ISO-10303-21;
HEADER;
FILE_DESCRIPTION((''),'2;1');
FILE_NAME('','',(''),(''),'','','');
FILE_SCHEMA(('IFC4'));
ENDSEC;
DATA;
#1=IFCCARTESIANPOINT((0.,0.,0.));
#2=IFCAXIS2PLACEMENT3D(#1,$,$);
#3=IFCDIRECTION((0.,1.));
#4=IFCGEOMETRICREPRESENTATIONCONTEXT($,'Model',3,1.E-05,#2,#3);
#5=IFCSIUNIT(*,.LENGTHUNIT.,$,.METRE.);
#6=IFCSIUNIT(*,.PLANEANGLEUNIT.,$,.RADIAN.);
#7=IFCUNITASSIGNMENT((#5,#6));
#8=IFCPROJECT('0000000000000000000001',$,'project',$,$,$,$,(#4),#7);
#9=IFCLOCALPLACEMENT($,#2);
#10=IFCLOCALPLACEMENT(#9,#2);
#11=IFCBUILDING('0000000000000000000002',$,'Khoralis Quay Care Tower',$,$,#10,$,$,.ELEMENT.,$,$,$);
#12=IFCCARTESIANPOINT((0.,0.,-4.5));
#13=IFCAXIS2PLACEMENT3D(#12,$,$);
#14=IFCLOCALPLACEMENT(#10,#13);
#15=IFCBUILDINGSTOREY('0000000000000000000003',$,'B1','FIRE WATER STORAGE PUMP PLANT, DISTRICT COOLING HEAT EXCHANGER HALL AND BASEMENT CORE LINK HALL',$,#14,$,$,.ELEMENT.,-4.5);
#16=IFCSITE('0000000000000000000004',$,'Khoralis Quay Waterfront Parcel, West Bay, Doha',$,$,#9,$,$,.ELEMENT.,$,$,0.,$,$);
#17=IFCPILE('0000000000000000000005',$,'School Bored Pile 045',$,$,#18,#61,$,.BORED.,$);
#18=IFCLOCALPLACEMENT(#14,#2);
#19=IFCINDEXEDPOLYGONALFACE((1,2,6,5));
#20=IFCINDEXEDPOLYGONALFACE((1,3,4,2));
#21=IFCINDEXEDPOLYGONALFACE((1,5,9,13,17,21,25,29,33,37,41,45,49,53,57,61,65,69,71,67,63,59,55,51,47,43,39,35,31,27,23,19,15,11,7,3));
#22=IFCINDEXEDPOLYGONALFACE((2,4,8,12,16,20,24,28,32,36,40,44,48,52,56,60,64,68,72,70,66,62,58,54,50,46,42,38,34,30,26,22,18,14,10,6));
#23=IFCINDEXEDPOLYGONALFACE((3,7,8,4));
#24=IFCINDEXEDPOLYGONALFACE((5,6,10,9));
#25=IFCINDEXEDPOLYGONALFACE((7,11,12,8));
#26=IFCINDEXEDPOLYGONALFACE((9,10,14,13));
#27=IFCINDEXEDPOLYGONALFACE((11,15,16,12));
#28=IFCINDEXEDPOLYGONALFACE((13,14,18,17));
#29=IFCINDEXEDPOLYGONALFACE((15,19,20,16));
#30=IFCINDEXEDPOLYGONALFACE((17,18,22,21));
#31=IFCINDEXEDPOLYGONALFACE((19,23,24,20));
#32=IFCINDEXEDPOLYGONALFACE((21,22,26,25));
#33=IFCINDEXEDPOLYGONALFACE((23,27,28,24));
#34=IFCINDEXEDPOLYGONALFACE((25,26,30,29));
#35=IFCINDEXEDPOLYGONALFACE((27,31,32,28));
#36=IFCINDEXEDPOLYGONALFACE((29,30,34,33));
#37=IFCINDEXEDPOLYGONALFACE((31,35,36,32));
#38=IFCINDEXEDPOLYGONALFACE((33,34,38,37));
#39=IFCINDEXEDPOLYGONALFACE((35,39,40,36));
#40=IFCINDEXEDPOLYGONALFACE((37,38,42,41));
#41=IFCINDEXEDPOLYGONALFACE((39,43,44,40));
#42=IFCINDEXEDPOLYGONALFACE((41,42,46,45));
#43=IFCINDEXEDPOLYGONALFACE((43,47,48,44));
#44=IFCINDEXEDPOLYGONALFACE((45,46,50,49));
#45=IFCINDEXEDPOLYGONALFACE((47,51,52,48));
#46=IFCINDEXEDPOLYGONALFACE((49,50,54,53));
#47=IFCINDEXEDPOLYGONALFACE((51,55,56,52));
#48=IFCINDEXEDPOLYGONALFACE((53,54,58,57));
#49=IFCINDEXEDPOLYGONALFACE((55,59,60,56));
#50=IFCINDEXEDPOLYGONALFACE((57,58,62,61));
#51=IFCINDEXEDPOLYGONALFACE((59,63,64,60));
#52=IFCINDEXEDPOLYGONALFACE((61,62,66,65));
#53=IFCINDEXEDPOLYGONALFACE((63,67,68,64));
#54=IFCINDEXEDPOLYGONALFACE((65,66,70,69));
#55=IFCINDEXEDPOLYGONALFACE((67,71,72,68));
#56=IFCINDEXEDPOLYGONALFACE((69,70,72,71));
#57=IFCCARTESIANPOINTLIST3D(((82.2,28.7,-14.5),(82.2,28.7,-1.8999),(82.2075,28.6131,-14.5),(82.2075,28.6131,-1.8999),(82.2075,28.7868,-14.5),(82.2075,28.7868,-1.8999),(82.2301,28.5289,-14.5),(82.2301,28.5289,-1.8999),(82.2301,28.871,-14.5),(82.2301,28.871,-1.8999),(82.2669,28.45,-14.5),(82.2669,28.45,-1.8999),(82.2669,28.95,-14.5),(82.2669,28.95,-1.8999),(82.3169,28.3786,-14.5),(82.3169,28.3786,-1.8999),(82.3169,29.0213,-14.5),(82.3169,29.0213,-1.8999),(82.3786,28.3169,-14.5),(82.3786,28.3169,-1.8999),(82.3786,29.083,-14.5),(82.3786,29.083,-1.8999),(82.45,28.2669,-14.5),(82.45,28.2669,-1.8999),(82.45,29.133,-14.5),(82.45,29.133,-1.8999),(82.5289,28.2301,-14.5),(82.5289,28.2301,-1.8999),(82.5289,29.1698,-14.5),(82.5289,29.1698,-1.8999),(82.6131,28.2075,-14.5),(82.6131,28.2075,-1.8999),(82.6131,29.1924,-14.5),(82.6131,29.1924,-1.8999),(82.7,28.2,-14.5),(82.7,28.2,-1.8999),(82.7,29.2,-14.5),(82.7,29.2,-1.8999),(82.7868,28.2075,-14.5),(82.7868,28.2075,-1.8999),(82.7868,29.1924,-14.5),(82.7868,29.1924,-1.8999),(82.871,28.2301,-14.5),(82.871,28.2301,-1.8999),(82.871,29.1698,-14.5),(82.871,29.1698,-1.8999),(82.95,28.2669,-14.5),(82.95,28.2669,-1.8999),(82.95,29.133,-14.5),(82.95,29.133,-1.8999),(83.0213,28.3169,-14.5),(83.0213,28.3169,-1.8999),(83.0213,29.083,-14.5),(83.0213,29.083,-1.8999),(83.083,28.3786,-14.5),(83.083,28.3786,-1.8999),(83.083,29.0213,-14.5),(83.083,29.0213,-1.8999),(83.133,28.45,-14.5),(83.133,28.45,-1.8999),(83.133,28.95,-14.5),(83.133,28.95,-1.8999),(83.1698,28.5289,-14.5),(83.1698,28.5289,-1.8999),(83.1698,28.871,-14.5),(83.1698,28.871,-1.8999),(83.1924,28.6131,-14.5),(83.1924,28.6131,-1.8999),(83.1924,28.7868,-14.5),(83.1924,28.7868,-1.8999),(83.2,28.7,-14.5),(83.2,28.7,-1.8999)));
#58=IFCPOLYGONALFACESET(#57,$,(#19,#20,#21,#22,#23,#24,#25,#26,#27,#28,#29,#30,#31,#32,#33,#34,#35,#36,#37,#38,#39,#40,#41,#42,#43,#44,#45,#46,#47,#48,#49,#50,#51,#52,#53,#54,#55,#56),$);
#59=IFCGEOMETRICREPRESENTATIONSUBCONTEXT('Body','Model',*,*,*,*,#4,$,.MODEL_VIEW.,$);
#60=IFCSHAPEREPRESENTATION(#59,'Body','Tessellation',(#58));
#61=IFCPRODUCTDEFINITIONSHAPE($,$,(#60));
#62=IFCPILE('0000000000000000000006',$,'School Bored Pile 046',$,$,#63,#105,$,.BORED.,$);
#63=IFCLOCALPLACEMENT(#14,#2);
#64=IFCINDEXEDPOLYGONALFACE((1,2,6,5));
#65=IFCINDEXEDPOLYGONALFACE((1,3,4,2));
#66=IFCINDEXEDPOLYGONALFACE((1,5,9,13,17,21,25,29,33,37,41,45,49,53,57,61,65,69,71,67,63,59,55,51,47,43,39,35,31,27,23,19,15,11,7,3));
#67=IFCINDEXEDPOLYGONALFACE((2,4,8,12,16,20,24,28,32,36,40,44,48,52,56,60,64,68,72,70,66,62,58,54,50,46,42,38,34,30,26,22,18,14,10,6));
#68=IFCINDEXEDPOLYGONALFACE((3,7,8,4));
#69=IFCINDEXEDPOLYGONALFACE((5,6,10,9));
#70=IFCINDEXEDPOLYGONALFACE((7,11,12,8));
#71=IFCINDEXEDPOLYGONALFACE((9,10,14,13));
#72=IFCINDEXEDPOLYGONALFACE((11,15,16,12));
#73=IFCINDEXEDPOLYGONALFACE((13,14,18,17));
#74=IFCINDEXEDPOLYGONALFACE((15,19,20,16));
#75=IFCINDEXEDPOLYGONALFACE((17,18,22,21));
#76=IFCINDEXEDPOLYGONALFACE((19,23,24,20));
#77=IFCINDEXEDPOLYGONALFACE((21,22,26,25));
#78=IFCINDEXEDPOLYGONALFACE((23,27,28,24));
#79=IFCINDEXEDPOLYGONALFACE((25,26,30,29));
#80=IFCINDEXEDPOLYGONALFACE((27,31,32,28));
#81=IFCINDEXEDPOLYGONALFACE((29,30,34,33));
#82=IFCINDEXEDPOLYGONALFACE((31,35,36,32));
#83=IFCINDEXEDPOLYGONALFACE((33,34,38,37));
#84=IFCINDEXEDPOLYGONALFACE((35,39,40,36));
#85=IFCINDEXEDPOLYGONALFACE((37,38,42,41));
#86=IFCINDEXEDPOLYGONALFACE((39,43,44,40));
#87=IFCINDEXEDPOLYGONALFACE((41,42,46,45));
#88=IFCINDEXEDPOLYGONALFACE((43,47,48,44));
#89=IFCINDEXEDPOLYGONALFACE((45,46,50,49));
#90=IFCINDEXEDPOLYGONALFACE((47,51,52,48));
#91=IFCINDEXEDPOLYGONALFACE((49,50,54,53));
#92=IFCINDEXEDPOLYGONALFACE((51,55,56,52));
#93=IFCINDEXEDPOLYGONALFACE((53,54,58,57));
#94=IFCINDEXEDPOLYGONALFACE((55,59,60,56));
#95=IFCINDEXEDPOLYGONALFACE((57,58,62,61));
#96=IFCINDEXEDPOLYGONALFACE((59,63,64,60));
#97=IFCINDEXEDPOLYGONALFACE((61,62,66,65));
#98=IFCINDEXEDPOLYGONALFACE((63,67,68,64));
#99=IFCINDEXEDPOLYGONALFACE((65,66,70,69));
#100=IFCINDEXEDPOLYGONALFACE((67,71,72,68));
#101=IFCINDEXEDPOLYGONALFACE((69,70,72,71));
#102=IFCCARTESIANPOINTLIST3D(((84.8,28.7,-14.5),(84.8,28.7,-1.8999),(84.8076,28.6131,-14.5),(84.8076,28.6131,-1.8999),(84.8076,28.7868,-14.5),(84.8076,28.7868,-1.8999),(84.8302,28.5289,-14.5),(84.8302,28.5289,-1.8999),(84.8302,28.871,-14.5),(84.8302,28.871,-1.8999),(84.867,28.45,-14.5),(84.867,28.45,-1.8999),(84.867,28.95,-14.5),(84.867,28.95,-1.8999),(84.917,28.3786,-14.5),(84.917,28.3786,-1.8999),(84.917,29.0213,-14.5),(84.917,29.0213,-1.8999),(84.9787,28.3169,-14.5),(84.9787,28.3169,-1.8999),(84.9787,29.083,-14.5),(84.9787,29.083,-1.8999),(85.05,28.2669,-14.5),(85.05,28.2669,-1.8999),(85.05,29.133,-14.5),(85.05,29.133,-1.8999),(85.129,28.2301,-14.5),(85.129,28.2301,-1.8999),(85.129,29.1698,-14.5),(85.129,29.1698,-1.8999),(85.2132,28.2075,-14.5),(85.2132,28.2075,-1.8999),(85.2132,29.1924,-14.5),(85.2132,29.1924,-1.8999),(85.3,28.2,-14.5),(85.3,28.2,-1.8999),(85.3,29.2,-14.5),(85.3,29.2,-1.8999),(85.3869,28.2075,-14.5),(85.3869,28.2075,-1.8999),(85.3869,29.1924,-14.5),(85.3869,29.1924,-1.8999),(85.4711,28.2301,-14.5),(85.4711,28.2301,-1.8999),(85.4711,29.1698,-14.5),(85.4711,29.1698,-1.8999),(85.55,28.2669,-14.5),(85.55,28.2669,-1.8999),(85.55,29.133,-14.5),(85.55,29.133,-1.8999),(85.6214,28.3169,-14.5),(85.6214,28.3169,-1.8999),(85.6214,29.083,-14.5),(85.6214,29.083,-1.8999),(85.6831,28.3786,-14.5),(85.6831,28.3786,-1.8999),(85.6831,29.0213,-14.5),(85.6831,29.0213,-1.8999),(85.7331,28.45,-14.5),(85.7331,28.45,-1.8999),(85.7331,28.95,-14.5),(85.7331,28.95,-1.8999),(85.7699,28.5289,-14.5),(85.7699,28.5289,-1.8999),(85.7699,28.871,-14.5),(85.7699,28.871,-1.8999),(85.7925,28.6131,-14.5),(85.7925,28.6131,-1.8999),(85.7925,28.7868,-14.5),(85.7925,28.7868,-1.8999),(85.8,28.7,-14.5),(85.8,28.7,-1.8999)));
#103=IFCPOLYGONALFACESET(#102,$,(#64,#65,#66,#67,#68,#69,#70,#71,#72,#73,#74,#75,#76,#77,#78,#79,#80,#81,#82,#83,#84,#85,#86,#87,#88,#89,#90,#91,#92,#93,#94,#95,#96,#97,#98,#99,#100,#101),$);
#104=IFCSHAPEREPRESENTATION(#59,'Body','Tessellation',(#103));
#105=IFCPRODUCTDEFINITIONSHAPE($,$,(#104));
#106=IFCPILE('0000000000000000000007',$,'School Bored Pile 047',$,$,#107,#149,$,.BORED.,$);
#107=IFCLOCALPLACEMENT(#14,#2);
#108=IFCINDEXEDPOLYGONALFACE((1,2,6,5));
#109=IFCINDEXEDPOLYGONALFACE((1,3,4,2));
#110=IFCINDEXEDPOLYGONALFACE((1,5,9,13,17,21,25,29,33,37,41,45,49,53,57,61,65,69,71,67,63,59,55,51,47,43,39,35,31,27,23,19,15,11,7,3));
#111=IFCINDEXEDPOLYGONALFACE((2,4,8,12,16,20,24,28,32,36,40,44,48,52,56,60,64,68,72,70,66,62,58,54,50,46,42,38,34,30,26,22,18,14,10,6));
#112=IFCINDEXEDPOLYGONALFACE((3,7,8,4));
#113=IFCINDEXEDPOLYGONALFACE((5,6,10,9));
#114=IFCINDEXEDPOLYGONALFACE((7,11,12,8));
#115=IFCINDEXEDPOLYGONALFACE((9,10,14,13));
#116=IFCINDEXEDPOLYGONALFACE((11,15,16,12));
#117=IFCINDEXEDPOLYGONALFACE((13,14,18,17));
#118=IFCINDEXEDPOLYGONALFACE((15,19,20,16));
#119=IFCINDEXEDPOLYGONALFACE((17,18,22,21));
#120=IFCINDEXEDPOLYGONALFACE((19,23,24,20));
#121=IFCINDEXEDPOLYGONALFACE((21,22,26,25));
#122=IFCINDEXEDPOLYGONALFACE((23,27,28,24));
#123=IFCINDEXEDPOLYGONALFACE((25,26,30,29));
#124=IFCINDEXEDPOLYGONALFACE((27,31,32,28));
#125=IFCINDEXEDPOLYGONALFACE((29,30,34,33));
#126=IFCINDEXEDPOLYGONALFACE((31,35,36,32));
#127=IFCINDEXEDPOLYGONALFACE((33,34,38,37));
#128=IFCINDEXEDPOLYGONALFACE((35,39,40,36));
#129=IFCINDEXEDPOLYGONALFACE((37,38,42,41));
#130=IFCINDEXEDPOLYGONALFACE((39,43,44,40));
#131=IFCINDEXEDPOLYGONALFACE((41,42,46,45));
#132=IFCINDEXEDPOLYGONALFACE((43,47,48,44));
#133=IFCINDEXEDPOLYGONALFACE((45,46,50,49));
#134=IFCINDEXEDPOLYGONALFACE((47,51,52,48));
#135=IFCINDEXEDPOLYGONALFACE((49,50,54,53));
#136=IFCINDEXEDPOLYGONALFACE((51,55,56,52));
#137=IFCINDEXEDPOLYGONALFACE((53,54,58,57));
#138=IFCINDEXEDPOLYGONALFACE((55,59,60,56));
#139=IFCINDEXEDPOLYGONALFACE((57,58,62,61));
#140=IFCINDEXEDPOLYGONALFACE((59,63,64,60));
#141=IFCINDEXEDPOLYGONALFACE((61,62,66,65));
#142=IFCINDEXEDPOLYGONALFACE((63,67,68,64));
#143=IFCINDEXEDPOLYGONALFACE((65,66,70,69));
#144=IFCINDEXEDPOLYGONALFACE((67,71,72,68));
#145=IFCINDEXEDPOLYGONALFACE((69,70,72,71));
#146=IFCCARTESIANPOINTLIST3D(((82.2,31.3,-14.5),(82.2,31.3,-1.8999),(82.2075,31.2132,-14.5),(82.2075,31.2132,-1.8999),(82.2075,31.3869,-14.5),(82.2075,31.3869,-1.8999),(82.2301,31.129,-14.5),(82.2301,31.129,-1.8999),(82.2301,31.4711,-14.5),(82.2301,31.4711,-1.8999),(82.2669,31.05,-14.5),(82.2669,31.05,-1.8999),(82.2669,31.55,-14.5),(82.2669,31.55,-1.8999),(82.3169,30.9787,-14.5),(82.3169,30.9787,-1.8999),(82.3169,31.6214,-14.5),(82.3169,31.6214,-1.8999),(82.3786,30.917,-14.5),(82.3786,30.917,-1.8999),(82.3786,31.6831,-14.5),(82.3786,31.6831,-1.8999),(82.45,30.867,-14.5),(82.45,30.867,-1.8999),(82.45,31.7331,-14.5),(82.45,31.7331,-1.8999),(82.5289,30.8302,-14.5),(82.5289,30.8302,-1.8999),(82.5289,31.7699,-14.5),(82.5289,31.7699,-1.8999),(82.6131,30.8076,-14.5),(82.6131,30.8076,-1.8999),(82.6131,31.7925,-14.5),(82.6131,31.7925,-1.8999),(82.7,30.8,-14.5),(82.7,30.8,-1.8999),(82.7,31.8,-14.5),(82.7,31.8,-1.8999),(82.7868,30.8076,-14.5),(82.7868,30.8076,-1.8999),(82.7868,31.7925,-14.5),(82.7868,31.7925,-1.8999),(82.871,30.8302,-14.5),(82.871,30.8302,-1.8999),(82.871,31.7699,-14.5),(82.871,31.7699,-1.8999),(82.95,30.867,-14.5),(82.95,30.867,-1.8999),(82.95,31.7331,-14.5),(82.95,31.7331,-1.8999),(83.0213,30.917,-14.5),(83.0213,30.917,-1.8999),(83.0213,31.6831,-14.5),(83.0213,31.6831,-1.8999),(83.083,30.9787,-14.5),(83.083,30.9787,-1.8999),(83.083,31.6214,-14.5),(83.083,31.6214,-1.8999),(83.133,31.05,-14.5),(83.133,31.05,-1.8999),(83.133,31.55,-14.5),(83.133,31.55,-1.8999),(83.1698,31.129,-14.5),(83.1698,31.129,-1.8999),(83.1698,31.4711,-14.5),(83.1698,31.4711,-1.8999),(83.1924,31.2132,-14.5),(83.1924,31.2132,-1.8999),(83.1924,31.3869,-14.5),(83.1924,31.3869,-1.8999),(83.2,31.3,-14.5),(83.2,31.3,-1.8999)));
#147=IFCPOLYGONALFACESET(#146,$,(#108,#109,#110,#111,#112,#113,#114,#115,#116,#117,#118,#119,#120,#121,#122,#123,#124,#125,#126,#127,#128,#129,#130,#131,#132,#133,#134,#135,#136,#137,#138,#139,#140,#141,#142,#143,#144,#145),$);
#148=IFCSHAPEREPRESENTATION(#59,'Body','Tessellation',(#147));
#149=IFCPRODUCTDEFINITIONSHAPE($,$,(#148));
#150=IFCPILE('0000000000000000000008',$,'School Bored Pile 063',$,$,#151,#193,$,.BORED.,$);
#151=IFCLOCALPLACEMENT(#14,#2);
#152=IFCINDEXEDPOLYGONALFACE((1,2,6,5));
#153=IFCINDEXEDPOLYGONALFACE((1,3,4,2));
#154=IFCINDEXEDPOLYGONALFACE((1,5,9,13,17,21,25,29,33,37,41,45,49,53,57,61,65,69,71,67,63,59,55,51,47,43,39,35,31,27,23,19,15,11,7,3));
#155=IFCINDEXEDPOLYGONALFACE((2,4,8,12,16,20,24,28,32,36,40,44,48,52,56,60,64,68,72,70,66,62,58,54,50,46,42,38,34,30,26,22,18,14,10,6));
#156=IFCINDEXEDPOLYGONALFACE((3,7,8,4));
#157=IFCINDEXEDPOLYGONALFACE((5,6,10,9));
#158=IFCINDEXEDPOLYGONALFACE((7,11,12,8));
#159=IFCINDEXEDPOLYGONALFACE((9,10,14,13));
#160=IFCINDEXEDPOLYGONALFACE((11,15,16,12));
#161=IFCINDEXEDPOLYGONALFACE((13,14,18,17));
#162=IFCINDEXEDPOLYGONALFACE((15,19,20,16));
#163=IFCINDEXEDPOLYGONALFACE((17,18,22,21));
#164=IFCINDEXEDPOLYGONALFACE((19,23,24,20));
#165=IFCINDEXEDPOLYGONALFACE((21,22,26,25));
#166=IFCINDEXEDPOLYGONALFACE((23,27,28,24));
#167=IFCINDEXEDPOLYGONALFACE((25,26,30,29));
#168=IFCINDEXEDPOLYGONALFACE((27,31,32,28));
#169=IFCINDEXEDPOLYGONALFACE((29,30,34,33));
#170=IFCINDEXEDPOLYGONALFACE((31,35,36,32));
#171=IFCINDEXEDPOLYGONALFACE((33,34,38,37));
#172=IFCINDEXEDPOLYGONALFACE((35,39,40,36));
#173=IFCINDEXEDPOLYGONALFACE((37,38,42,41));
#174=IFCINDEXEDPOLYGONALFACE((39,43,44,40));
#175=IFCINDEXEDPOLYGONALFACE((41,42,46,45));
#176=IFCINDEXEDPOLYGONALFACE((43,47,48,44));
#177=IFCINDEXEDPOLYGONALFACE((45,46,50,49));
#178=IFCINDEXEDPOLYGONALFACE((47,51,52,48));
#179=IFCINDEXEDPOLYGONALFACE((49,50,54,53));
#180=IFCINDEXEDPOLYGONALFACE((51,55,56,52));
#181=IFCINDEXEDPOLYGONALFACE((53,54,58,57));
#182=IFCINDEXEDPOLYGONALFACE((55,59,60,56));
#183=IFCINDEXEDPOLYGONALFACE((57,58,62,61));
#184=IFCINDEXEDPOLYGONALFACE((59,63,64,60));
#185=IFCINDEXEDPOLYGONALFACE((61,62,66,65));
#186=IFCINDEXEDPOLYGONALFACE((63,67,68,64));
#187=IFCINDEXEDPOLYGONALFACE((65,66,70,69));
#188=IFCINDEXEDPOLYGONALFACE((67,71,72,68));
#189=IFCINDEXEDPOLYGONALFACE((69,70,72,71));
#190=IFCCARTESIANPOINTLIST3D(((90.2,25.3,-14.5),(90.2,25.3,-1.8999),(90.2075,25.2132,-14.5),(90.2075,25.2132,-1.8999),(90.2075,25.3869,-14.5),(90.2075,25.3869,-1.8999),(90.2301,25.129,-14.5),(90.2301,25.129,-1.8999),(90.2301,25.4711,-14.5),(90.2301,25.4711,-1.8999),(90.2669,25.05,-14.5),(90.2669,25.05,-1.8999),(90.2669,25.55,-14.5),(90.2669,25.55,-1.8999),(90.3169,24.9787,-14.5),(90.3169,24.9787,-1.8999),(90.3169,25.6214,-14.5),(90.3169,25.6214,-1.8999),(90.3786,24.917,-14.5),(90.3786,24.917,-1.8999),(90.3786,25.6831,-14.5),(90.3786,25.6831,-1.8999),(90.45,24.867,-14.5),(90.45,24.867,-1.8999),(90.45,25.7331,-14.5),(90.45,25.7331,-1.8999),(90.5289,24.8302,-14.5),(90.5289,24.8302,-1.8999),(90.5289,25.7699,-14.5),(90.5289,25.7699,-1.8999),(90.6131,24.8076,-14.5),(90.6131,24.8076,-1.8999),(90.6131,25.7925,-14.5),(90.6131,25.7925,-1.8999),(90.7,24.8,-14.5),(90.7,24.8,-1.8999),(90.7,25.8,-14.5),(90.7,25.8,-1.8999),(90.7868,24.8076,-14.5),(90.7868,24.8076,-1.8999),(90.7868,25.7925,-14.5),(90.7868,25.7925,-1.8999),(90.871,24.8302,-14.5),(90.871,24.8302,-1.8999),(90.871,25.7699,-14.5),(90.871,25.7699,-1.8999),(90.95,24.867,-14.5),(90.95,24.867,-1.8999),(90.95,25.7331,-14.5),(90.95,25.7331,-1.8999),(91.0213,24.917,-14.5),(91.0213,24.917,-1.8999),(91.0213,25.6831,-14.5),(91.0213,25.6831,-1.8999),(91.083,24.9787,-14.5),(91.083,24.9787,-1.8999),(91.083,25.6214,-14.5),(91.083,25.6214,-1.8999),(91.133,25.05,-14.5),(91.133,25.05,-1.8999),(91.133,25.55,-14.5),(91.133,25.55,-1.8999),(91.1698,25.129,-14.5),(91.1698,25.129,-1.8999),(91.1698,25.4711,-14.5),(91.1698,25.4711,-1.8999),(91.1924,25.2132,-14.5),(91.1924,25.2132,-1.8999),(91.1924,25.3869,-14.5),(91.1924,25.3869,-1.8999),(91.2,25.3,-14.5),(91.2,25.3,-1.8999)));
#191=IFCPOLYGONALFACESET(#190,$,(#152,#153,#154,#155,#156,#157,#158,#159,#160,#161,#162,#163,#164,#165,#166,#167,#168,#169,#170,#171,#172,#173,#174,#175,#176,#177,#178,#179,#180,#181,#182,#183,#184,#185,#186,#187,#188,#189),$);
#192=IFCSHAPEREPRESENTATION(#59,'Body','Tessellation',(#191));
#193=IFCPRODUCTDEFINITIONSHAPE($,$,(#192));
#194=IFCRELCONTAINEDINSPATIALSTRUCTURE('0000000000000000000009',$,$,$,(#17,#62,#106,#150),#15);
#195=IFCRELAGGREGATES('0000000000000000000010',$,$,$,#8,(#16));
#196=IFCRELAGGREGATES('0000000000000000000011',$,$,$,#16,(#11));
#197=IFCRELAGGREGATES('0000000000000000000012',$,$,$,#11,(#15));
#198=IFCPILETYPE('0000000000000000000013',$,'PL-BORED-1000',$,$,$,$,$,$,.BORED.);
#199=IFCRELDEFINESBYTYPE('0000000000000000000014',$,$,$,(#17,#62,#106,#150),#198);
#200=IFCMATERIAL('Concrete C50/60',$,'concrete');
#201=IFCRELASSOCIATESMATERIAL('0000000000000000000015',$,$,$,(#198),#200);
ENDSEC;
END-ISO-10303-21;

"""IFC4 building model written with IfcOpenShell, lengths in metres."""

from ifc_helpers import new_model, si_unit, direction, frame, origin, origin_2d, place, context, subcontext, project, spatial, circle, extrude, source, transform, mapped, material, material_profile, profile_set, type_object, element, save


model = new_model("IFC4")

# Units and contexts
model_context = context("Model", 3, precision=1e-05, world=origin(), true_north=direction((0.0, 1.0)))
body_context = subcontext(model_context, "Body", "Model", "MODEL_VIEW")
ifc_project = project(units=[si_unit("LENGTHUNIT", "METRE"), si_unit("PLANEANGLEUNIT", "RADIAN")], contexts=[model_context])

# Site, building, storey
site_placement = place(None, origin())
site = spatial("IfcSite", under=ifc_project, at=site_placement, Name="Khoralis Quay Waterfront Parcel, West Bay, Doha", CompositionType="ELEMENT", RefElevation=0.0)
building_placement = place(site_placement, origin())
building = spatial("IfcBuilding", under=site, at=building_placement, Name="Khoralis Quay Care Tower", CompositionType="ELEMENT")
storey_placement = place(building_placement, frame((0.0, 0.0, -4.5)))
storey = spatial("IfcBuildingStorey", under=building, at=storey_placement, Name="B1", Description="FIRE WATER STORAGE PUMP PLANT, DISTRICT COOLING HEAT EXCHANGER HALL AND BASEMENT CORE LINK HALL", CompositionType="ELEMENT", Elevation=-4.5)

# Shared definitions
ifc_material_1 = material(Name="Concrete C50/60", Category="concrete")

# Piles
ifc_material_profile_1 = material_profile(ifc_material_1, circle(Radius=0.5, at=origin_2d()), Name="Concrete C50/60")
ifc_profile_set_1 = profile_set([ifc_material_profile_1], Name="Concrete C50/60")
pile_type = type_object("IfcPileType", Name="PL-BORED-1000", PredefinedType="BORED", material=ifc_profile_set_1)
shared_shape_1 = source(origin(), body_context, "Body", "SweptSolid", [
    extrude(circle(Radius=0.5, at=origin_2d()), origin(), (0.0, 0.0, 1.0), 12.6001),
])
for number, where, z_axis, x_axis, name in (
    (1, (82.7, 28.7, -1.8999), (0.0, 0.0, -1.0), (1.0, 0.0, 0.0), "School Bored Pile 045"),
    (2, (85.3, 28.7, -1.8999), (0.0, 0.0, -1.0), (1.0, 0.0, 0.0), "School Bored Pile 046"),
    (3, (82.7, 31.3, -1.8999), (0.0, 0.0, -1.0), (1.0, 0.0, 0.0), "School Bored Pile 047"),
    (4, (90.7, 25.3, -1.8999), (0.0, 0.0, -1.0), (1.0, 0.0, 0.0), "School Bored Pile 063"),
):
    element("IfcPile", number, at=place(storey_placement, frame(where, z_axis=z_axis, x_axis=x_axis)), inside=storey, type_object=pile_type, Name=name, PredefinedType="BORED", context=body_context, shape_type="MappedRepresentation", body=[
        mapped(shared_shape_1, transform((0.0, 0.0, 0.0), scale=1.0)),
    ])

save(model, "model.ifc")
